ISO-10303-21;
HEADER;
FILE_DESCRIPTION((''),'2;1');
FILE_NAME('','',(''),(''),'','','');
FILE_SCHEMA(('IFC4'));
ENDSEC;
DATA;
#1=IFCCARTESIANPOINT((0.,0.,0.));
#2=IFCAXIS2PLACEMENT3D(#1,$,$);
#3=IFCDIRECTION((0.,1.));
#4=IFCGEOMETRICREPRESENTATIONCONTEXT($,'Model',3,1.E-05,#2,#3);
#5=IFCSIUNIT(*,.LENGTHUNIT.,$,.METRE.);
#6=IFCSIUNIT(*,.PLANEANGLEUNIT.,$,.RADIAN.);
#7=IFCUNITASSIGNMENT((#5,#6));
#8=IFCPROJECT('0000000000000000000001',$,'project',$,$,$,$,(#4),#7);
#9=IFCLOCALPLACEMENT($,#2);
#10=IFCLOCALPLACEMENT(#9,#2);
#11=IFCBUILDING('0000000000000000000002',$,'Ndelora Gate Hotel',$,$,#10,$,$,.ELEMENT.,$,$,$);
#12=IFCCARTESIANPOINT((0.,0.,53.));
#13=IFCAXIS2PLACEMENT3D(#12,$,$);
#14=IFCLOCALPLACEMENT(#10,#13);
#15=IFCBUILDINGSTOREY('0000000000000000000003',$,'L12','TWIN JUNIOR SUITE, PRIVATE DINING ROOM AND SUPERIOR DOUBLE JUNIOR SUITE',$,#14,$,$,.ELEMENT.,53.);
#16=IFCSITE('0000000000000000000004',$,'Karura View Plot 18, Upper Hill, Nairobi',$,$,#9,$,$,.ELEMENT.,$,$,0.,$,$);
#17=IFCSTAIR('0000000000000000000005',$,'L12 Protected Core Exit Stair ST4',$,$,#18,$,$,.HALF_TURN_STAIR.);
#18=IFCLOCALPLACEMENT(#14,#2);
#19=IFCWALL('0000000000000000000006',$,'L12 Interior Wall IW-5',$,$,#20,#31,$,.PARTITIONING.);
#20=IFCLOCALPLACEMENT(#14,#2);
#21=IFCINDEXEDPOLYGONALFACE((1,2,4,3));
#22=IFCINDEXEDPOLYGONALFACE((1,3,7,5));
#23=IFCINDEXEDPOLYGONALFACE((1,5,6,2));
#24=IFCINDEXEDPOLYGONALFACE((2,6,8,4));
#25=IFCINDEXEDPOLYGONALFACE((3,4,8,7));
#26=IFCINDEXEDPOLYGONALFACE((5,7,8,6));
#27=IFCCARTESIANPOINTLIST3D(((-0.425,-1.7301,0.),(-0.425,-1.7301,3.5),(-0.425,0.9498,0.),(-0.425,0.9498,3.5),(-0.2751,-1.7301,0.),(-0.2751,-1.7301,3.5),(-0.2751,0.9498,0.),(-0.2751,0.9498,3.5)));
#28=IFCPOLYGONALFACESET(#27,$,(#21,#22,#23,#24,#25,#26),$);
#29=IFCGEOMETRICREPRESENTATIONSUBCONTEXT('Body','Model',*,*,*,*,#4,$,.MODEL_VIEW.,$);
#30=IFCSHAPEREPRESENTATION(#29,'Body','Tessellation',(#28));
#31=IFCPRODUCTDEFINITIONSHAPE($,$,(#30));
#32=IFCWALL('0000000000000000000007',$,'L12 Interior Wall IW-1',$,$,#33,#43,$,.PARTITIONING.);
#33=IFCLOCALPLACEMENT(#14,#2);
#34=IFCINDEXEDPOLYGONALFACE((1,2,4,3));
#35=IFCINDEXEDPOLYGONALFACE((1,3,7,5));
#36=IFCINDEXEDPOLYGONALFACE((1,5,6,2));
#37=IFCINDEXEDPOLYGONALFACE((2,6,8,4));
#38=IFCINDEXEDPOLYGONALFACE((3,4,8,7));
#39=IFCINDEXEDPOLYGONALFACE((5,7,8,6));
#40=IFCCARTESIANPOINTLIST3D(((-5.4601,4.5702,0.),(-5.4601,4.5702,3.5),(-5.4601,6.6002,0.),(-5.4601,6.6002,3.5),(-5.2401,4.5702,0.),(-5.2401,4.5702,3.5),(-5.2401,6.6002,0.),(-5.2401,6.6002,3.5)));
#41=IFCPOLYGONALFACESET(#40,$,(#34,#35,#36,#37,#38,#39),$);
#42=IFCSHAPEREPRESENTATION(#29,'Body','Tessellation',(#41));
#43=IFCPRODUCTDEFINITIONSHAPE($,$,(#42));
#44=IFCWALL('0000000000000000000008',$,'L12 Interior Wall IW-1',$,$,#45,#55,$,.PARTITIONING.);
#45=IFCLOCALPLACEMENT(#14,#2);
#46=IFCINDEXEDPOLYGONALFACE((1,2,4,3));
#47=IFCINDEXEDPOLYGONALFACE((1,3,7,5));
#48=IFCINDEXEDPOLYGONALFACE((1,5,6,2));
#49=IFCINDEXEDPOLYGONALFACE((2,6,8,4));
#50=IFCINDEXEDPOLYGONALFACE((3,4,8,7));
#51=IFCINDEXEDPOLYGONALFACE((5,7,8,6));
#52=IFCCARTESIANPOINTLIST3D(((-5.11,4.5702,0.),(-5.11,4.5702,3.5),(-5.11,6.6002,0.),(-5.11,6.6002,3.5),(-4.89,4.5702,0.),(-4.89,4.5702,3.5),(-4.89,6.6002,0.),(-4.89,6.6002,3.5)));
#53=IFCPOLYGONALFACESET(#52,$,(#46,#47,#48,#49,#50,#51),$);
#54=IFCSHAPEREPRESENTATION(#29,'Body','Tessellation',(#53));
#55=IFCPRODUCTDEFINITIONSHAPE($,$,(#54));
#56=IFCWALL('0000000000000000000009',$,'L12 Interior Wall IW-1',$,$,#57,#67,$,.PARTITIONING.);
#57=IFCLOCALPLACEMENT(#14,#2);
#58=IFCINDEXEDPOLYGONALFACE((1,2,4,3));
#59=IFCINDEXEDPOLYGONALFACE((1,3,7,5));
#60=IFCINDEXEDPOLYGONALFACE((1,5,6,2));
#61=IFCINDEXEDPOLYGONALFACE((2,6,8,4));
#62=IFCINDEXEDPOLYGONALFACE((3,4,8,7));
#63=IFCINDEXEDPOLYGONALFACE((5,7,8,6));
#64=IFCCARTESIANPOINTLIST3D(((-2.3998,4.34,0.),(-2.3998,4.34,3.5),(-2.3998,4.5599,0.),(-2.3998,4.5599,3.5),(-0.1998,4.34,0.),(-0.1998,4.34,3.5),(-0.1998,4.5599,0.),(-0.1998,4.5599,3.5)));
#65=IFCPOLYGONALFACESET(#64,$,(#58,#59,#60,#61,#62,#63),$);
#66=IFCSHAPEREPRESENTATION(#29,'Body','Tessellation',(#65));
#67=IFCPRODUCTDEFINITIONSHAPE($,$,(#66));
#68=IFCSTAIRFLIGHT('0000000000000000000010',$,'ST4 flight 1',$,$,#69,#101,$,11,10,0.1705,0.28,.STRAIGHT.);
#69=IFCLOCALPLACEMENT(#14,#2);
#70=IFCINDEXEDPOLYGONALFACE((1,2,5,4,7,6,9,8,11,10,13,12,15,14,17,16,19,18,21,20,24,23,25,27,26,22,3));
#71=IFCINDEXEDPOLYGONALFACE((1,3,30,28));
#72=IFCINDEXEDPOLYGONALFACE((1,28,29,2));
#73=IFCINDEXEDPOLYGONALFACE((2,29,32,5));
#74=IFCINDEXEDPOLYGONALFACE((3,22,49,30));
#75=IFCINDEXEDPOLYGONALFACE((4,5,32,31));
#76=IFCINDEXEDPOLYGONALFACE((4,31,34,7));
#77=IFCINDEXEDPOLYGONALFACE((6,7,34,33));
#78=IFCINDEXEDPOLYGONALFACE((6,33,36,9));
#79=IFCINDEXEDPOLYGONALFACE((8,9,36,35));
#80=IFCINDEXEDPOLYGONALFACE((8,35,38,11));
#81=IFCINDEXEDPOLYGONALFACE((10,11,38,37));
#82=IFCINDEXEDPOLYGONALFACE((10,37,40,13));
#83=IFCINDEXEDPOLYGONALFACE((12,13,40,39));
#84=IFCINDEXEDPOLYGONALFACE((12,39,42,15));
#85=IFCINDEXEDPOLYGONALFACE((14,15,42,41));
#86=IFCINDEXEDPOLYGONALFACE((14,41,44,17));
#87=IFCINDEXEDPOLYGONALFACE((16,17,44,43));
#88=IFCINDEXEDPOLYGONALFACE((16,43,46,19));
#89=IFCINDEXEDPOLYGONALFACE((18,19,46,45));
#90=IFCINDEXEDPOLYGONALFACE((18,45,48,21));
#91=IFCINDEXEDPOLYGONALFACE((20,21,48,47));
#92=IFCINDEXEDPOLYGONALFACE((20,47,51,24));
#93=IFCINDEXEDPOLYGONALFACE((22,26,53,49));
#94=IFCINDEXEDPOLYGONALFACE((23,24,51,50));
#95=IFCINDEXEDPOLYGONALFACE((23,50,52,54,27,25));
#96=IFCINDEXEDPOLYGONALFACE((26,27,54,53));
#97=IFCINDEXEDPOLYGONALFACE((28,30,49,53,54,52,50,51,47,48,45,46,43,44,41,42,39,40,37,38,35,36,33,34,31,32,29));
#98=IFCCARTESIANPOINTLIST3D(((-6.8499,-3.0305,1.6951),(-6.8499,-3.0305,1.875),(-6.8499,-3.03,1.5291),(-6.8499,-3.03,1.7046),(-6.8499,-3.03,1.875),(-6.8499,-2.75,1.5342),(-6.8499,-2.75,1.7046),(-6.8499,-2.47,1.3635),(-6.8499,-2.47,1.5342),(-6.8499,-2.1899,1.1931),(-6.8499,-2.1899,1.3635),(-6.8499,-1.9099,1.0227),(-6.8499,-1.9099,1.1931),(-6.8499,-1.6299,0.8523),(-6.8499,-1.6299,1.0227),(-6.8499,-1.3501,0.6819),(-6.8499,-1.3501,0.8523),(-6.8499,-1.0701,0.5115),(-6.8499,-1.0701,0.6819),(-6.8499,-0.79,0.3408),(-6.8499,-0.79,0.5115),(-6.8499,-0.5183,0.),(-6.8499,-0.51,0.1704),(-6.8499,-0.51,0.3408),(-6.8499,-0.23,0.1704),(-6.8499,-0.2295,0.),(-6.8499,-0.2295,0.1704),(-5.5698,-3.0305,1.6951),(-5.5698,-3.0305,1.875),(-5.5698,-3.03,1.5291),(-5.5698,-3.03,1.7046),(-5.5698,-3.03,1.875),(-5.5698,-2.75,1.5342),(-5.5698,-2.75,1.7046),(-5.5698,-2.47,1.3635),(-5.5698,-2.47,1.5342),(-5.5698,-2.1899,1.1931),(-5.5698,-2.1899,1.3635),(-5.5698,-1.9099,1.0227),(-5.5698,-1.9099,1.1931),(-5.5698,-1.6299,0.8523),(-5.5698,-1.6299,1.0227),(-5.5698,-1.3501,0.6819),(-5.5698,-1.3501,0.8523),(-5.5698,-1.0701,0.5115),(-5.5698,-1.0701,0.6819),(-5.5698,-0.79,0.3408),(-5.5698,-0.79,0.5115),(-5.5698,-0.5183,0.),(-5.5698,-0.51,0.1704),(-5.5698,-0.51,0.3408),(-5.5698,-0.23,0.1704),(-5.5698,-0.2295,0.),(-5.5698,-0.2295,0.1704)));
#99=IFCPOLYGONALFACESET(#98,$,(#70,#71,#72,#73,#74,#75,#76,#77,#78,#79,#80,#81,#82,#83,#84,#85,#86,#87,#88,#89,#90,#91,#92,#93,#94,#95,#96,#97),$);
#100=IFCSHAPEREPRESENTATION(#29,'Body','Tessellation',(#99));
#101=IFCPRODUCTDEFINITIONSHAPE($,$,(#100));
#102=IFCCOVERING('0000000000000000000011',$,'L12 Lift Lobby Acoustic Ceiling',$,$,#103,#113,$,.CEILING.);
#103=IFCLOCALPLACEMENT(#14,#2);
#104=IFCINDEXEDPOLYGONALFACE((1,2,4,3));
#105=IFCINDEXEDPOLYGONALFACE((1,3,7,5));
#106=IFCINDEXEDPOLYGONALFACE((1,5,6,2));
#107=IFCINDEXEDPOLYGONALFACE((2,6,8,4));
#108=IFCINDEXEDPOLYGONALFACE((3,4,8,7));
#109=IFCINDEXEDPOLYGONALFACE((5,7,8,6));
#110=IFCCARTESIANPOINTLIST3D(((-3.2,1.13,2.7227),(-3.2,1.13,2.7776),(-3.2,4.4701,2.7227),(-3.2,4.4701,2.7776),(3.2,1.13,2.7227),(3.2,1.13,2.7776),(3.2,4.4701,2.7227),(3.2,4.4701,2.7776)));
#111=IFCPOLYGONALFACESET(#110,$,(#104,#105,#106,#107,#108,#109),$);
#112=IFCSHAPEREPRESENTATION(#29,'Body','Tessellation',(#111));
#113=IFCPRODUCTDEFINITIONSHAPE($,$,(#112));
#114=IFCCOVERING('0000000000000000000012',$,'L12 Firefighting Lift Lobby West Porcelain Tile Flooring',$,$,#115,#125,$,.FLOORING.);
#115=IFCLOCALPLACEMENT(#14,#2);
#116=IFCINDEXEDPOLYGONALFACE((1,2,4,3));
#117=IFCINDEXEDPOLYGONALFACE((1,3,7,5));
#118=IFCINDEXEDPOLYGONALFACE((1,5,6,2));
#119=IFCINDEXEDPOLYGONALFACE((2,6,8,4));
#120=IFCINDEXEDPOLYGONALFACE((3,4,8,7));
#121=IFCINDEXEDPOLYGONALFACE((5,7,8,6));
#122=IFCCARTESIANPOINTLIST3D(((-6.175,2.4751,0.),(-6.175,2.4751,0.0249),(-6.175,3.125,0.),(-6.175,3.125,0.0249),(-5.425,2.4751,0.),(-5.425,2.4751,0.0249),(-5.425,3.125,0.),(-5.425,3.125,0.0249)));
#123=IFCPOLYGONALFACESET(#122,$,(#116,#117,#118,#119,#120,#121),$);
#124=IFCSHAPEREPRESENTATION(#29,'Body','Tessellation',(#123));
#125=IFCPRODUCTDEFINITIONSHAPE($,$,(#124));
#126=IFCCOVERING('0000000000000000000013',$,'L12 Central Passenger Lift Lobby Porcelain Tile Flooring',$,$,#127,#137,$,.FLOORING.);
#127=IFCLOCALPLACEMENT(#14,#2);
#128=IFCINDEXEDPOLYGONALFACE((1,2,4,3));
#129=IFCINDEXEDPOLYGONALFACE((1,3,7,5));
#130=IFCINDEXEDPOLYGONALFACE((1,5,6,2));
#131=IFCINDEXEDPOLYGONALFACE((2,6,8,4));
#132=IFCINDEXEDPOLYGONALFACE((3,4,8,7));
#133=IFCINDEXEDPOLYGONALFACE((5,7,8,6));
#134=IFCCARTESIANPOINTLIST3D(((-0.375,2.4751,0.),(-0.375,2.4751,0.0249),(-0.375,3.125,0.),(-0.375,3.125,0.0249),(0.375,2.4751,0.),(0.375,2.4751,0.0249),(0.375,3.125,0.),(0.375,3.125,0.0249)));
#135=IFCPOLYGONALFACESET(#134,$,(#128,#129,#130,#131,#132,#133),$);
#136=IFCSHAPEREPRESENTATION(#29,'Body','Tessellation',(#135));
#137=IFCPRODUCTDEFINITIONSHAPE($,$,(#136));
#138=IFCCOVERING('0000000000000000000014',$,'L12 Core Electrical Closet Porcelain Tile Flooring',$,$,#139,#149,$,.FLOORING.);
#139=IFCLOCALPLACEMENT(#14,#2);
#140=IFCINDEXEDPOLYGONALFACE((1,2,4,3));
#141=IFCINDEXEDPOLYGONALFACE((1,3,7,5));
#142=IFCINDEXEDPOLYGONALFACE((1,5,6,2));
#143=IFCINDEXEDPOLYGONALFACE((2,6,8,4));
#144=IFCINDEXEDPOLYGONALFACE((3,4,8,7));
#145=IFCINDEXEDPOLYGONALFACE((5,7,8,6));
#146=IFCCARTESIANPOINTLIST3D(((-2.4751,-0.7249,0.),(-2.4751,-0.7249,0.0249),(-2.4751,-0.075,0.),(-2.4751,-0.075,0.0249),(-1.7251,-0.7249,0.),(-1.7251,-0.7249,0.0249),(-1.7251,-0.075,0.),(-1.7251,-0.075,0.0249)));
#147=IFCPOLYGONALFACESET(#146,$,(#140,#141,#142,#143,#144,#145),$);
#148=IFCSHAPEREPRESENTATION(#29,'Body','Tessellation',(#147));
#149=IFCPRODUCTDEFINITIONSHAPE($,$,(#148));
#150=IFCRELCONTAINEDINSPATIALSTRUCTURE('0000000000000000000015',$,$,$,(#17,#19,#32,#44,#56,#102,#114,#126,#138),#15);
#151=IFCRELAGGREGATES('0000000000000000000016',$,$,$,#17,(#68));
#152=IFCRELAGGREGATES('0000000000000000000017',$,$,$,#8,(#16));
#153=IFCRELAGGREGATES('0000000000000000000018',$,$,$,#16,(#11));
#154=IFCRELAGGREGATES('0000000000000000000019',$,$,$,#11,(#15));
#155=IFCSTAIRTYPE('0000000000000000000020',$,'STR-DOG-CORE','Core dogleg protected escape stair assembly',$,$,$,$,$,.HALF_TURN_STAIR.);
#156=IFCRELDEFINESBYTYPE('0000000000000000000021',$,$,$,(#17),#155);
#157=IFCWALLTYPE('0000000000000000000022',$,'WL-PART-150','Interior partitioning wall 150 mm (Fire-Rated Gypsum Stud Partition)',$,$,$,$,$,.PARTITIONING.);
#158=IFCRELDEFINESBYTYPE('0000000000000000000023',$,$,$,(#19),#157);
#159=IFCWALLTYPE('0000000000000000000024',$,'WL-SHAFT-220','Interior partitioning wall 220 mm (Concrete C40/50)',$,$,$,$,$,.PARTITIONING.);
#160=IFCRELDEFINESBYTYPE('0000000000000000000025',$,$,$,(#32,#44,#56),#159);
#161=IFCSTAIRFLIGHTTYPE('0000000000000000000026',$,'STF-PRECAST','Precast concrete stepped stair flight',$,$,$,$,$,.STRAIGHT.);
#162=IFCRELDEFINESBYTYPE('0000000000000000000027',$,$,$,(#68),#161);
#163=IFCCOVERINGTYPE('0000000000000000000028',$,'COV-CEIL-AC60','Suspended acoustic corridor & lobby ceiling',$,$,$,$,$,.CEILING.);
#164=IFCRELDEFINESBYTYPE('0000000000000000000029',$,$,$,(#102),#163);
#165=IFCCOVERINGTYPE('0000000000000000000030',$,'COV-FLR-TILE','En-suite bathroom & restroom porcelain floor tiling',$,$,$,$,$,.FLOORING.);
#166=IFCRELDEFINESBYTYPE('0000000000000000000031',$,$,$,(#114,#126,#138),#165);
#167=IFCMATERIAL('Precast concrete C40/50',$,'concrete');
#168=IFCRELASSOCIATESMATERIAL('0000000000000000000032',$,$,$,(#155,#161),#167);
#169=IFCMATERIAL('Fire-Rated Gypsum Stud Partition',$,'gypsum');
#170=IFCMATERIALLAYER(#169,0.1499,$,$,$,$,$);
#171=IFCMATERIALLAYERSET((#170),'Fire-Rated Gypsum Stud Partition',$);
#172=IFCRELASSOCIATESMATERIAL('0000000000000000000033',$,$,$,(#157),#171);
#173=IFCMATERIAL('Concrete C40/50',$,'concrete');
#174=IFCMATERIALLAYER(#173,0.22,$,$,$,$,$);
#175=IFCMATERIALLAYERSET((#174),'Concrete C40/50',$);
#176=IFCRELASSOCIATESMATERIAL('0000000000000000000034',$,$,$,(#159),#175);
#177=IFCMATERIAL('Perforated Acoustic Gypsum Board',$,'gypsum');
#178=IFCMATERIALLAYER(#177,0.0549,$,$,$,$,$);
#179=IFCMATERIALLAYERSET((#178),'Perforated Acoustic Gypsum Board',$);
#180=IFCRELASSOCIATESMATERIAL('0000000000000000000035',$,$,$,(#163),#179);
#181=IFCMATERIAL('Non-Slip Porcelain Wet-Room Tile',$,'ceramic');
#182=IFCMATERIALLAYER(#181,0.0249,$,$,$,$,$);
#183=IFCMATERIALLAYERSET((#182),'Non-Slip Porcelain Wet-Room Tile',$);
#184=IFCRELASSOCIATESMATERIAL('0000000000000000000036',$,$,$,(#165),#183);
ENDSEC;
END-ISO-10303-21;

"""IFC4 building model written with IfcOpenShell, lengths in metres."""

from ifc_helpers import new_model, si_unit, direction, frame, frame_2d, origin, origin_2d, place, context, subcontext, project, spatial, polyline, rectangle, outline, extrude, material, layer, layer_set, type_object, element, aggregate, save


model = new_model("IFC4")

# Units and contexts
model_context = context("Model", 3, precision=1e-05, world=origin(), true_north=direction((0.0, 1.0)))
body_context = subcontext(model_context, "Body", "Model", "MODEL_VIEW")
ifc_project = project(units=[si_unit("LENGTHUNIT", "METRE"), si_unit("PLANEANGLEUNIT", "RADIAN")], contexts=[model_context])

# Site, building, storey
site_placement = place(None, origin())
site = spatial("IfcSite", under=ifc_project, at=site_placement, Name="Karura View Plot 18, Upper Hill, Nairobi", CompositionType="ELEMENT", RefElevation=0.0)
building_placement = place(site_placement, origin())
building = spatial("IfcBuilding", under=site, at=building_placement, Name="Ndelora Gate Hotel", CompositionType="ELEMENT")
storey_placement = place(building_placement, frame((0.0, 0.0, 53.0)))
storey = spatial("IfcBuildingStorey", under=building, at=storey_placement, Name="L12", Description="TWIN JUNIOR SUITE, PRIVATE DINING ROOM AND SUPERIOR DOUBLE JUNIOR SUITE", CompositionType="ELEMENT", Elevation=53.0)

# Stair
ifc_material_1 = material(Name="Precast concrete C40/50", Category="concrete")
stair_type = type_object("IfcStairType", Name="STR-DOG-CORE", Description="Core dogleg protected escape stair assembly", PredefinedType="HALF_TURN_STAIR", material=ifc_material_1)
stair_placement = place(storey_placement, origin())
stair = element("IfcStair", 1, at=stair_placement, inside=storey, type_object=stair_type, Name="L12 Protected Core Exit Stair ST4", PredefinedType="HALF_TURN_STAIR")

# Shared definitions
ifc_material_2 = material(Name="Concrete C40/50", Category="concrete")

# Walls
ifc_material_3 = material(Name="Fire-Rated Gypsum Stud Partition", Category="gypsum")
ifc_layer_1 = layer(ifc_material_3, 0.1499)
ifc_layer_set_1 = layer_set([ifc_layer_1], Name="Fire-Rated Gypsum Stud Partition")
wall_type_1 = type_object("IfcWallType", Name="WL-PART-150", Description="Interior partitioning wall 150 mm (Fire-Rated Gypsum Stud Partition)", PredefinedType="PARTITIONING", material=ifc_layer_set_1)
wall_1_placement = place(storey_placement, frame((-0.3501, -1.73, 0.0), z_axis=(0.0, 0.0, 1.0), x_axis=(0.0, 1.0, 0.0)))
element("IfcWall", 2, at=wall_1_placement, inside=storey, type_object=wall_type_1, Name="L12 Interior Wall IW-5", PredefinedType="PARTITIONING", context=body_context, shape_type="SweptSolid", body=[
    extrude(rectangle(XDim=2.6799, YDim=0.1499, at=frame_2d((1.3398, 0.0))), origin(), (0.0, 0.0, 1.0), 3.5),
])
ifc_layer_2 = layer(ifc_material_2, 0.22)
ifc_layer_set_2 = layer_set([ifc_layer_2], Name="Concrete C40/50")
wall_type_2 = type_object("IfcWallType", Name="WL-SHAFT-220", Description="Interior partitioning wall 220 mm (Concrete C40/50)", PredefinedType="PARTITIONING", material=ifc_layer_set_2)
wall_2_placement = place(storey_placement, frame((-5.3501, 4.5701, 0.0), z_axis=(0.0, 0.0, 1.0), x_axis=(0.0, 1.0, 0.0)))
element("IfcWall", 3, at=wall_2_placement, inside=storey, type_object=wall_type_2, Name="L12 Interior Wall IW-1", PredefinedType="PARTITIONING", context=body_context, shape_type="SweptSolid", body=[
    extrude(rectangle(XDim=2.03, YDim=0.22, at=frame_2d((1.0151, 0.0))), origin(), (0.0, 0.0, 1.0), 3.5),
])

# Walls
wall_3_placement = place(storey_placement, frame((-5.0, 4.5701, 0.0), z_axis=(0.0, 0.0, 1.0), x_axis=(0.0, 1.0, 0.0)))
element("IfcWall", 4, at=wall_3_placement, inside=storey, type_object=wall_type_2, Name="L12 Interior Wall IW-1", PredefinedType="PARTITIONING", context=body_context, shape_type="SweptSolid", body=[
    extrude(rectangle(XDim=2.03, YDim=0.22, at=frame_2d((1.0151, 0.0))), origin(), (0.0, 0.0, 1.0), 3.5),
])
wall_4_placement = place(storey_placement, frame((-2.3999, 4.45, 0.0), z_axis=(0.0, 0.0, 1.0), x_axis=(1.0, 0.0, 0.0)))
element("IfcWall", 5, at=wall_4_placement, inside=storey, type_object=wall_type_2, Name="L12 Interior Wall IW-1", PredefinedType="PARTITIONING", context=body_context, shape_type="SweptSolid", body=[
    extrude(rectangle(XDim=2.2, YDim=0.22, at=frame_2d((1.1001, 0.0))), origin(), (0.0, 0.0, 1.0), 3.5),
])

# Stair flight
stair_flight_type = type_object("IfcStairFlightType", Name="STF-PRECAST", Description="Precast concrete stepped stair flight", PredefinedType="STRAIGHT", material=ifc_material_1)
stair_flight_placement = place(storey_placement, frame((-6.21, -0.23, 0.0), z_axis=(0.0, 0.0, 1.0), x_axis=(0.0, -1.0, 0.0)))
stair_flight = element("IfcStairFlight", 6, at=stair_flight_placement, type_object=stair_flight_type, Name="ST4 flight 1", NumberOfRisers=11, NumberOfTreads=10, PredefinedType="STRAIGHT", RiserHeight=0.1705, TreadLength=0.28, context=body_context, shape_type="SweptSolid", body=[
    extrude(outline(polyline([(-0.0005, 0.0), (-0.0005, 0.1704), (0.0, 0.1704), (0.28, 0.1704), (0.28, 0.3408), (0.5601, 0.3408), (0.5601, 0.5115), (0.8401, 0.5115), (0.8401, 0.6819), (1.1201, 0.6819), (1.1201, 0.8523), (1.3999, 0.8523), (1.3999, 1.0227), (1.6799, 1.0227), (1.6799, 1.1931), (1.96, 1.1931), (1.96, 1.3635), (2.24, 1.3635), (2.24, 1.5342), (2.52, 1.5342), (2.52, 1.7046), (2.8, 1.7046), (2.8, 1.875), (2.8005, 1.875), (2.8005, 1.6951), (2.8, 1.5291), (0.2883, 0.0), (-0.0005, 0.0)])), frame((0.0, 0.6401, 0.0), z_axis=(0.0, -1.0, 0.0), x_axis=(1.0, 0.0, 0.0)), (0.0, 0.0, 1.0), 1.28),
])
aggregate(stair, [stair_flight])

# Coverings
ifc_material_4 = material(Name="Perforated Acoustic Gypsum Board", Category="gypsum")
ifc_layer_3 = layer(ifc_material_4, 0.0549)
ifc_layer_set_3 = layer_set([ifc_layer_3], Name="Perforated Acoustic Gypsum Board")
covering_type_1 = type_object("IfcCoveringType", Name="COV-CEIL-AC60", Description="Suspended acoustic corridor & lobby ceiling", PredefinedType="CEILING", material=ifc_layer_set_3)
covering_placement = place(storey_placement, frame((0.0, 2.8, 2.7227), z_axis=(0.0, 0.0, 1.0), x_axis=(1.0, 0.0, 0.0)))
element("IfcCovering", 7, at=covering_placement, inside=storey, type_object=covering_type_1, Name="L12 Lift Lobby Acoustic Ceiling", PredefinedType="CEILING", context=body_context, shape_type="SweptSolid", body=[
    extrude(rectangle(XDim=6.3999, YDim=3.3401, at=origin_2d()), origin(), (0.0, 0.0, 1.0), 0.0549),
])
ifc_material_5 = material(Name="Non-Slip Porcelain Wet-Room Tile", Category="ceramic")
ifc_layer_4 = layer(ifc_material_5, 0.0249)
ifc_layer_set_4 = layer_set([ifc_layer_4], Name="Non-Slip Porcelain Wet-Room Tile")
covering_type_2 = type_object("IfcCoveringType", Name="COV-FLR-TILE", Description="En-suite bathroom & restroom porcelain floor tiling", PredefinedType="FLOORING", material=ifc_layer_set_4)
for number, where, z_axis, x_axis, name in (
    (8, (-5.8, 2.8, 0.0), (0.0, 0.0, 1.0), (1.0, 0.0, 0.0), "L12 Firefighting Lift Lobby West Porcelain Tile Flooring"),
    (9, (0.0, 2.8, 0.0), (0.0, 0.0, 1.0), (1.0, 0.0, 0.0), "L12 Central Passenger Lift Lobby Porcelain Tile Flooring"),
    (10, (-2.1001, -0.3999, 0.0), (0.0, 0.0, 1.0), (1.0, 0.0, 0.0), "L12 Core Electrical Closet Porcelain Tile Flooring"),
):
    element("IfcCovering", number, at=place(storey_placement, frame(where, z_axis=z_axis, x_axis=x_axis)), inside=storey, type_object=covering_type_2, Name=name, PredefinedType="FLOORING", context=body_context, shape_type="SweptSolid", body=[
        extrude(rectangle(XDim=0.75, YDim=0.6499, at=origin_2d()), origin(), (0.0, 0.0, 1.0), 0.0249),
    ])

save(model, "model.ifc")
